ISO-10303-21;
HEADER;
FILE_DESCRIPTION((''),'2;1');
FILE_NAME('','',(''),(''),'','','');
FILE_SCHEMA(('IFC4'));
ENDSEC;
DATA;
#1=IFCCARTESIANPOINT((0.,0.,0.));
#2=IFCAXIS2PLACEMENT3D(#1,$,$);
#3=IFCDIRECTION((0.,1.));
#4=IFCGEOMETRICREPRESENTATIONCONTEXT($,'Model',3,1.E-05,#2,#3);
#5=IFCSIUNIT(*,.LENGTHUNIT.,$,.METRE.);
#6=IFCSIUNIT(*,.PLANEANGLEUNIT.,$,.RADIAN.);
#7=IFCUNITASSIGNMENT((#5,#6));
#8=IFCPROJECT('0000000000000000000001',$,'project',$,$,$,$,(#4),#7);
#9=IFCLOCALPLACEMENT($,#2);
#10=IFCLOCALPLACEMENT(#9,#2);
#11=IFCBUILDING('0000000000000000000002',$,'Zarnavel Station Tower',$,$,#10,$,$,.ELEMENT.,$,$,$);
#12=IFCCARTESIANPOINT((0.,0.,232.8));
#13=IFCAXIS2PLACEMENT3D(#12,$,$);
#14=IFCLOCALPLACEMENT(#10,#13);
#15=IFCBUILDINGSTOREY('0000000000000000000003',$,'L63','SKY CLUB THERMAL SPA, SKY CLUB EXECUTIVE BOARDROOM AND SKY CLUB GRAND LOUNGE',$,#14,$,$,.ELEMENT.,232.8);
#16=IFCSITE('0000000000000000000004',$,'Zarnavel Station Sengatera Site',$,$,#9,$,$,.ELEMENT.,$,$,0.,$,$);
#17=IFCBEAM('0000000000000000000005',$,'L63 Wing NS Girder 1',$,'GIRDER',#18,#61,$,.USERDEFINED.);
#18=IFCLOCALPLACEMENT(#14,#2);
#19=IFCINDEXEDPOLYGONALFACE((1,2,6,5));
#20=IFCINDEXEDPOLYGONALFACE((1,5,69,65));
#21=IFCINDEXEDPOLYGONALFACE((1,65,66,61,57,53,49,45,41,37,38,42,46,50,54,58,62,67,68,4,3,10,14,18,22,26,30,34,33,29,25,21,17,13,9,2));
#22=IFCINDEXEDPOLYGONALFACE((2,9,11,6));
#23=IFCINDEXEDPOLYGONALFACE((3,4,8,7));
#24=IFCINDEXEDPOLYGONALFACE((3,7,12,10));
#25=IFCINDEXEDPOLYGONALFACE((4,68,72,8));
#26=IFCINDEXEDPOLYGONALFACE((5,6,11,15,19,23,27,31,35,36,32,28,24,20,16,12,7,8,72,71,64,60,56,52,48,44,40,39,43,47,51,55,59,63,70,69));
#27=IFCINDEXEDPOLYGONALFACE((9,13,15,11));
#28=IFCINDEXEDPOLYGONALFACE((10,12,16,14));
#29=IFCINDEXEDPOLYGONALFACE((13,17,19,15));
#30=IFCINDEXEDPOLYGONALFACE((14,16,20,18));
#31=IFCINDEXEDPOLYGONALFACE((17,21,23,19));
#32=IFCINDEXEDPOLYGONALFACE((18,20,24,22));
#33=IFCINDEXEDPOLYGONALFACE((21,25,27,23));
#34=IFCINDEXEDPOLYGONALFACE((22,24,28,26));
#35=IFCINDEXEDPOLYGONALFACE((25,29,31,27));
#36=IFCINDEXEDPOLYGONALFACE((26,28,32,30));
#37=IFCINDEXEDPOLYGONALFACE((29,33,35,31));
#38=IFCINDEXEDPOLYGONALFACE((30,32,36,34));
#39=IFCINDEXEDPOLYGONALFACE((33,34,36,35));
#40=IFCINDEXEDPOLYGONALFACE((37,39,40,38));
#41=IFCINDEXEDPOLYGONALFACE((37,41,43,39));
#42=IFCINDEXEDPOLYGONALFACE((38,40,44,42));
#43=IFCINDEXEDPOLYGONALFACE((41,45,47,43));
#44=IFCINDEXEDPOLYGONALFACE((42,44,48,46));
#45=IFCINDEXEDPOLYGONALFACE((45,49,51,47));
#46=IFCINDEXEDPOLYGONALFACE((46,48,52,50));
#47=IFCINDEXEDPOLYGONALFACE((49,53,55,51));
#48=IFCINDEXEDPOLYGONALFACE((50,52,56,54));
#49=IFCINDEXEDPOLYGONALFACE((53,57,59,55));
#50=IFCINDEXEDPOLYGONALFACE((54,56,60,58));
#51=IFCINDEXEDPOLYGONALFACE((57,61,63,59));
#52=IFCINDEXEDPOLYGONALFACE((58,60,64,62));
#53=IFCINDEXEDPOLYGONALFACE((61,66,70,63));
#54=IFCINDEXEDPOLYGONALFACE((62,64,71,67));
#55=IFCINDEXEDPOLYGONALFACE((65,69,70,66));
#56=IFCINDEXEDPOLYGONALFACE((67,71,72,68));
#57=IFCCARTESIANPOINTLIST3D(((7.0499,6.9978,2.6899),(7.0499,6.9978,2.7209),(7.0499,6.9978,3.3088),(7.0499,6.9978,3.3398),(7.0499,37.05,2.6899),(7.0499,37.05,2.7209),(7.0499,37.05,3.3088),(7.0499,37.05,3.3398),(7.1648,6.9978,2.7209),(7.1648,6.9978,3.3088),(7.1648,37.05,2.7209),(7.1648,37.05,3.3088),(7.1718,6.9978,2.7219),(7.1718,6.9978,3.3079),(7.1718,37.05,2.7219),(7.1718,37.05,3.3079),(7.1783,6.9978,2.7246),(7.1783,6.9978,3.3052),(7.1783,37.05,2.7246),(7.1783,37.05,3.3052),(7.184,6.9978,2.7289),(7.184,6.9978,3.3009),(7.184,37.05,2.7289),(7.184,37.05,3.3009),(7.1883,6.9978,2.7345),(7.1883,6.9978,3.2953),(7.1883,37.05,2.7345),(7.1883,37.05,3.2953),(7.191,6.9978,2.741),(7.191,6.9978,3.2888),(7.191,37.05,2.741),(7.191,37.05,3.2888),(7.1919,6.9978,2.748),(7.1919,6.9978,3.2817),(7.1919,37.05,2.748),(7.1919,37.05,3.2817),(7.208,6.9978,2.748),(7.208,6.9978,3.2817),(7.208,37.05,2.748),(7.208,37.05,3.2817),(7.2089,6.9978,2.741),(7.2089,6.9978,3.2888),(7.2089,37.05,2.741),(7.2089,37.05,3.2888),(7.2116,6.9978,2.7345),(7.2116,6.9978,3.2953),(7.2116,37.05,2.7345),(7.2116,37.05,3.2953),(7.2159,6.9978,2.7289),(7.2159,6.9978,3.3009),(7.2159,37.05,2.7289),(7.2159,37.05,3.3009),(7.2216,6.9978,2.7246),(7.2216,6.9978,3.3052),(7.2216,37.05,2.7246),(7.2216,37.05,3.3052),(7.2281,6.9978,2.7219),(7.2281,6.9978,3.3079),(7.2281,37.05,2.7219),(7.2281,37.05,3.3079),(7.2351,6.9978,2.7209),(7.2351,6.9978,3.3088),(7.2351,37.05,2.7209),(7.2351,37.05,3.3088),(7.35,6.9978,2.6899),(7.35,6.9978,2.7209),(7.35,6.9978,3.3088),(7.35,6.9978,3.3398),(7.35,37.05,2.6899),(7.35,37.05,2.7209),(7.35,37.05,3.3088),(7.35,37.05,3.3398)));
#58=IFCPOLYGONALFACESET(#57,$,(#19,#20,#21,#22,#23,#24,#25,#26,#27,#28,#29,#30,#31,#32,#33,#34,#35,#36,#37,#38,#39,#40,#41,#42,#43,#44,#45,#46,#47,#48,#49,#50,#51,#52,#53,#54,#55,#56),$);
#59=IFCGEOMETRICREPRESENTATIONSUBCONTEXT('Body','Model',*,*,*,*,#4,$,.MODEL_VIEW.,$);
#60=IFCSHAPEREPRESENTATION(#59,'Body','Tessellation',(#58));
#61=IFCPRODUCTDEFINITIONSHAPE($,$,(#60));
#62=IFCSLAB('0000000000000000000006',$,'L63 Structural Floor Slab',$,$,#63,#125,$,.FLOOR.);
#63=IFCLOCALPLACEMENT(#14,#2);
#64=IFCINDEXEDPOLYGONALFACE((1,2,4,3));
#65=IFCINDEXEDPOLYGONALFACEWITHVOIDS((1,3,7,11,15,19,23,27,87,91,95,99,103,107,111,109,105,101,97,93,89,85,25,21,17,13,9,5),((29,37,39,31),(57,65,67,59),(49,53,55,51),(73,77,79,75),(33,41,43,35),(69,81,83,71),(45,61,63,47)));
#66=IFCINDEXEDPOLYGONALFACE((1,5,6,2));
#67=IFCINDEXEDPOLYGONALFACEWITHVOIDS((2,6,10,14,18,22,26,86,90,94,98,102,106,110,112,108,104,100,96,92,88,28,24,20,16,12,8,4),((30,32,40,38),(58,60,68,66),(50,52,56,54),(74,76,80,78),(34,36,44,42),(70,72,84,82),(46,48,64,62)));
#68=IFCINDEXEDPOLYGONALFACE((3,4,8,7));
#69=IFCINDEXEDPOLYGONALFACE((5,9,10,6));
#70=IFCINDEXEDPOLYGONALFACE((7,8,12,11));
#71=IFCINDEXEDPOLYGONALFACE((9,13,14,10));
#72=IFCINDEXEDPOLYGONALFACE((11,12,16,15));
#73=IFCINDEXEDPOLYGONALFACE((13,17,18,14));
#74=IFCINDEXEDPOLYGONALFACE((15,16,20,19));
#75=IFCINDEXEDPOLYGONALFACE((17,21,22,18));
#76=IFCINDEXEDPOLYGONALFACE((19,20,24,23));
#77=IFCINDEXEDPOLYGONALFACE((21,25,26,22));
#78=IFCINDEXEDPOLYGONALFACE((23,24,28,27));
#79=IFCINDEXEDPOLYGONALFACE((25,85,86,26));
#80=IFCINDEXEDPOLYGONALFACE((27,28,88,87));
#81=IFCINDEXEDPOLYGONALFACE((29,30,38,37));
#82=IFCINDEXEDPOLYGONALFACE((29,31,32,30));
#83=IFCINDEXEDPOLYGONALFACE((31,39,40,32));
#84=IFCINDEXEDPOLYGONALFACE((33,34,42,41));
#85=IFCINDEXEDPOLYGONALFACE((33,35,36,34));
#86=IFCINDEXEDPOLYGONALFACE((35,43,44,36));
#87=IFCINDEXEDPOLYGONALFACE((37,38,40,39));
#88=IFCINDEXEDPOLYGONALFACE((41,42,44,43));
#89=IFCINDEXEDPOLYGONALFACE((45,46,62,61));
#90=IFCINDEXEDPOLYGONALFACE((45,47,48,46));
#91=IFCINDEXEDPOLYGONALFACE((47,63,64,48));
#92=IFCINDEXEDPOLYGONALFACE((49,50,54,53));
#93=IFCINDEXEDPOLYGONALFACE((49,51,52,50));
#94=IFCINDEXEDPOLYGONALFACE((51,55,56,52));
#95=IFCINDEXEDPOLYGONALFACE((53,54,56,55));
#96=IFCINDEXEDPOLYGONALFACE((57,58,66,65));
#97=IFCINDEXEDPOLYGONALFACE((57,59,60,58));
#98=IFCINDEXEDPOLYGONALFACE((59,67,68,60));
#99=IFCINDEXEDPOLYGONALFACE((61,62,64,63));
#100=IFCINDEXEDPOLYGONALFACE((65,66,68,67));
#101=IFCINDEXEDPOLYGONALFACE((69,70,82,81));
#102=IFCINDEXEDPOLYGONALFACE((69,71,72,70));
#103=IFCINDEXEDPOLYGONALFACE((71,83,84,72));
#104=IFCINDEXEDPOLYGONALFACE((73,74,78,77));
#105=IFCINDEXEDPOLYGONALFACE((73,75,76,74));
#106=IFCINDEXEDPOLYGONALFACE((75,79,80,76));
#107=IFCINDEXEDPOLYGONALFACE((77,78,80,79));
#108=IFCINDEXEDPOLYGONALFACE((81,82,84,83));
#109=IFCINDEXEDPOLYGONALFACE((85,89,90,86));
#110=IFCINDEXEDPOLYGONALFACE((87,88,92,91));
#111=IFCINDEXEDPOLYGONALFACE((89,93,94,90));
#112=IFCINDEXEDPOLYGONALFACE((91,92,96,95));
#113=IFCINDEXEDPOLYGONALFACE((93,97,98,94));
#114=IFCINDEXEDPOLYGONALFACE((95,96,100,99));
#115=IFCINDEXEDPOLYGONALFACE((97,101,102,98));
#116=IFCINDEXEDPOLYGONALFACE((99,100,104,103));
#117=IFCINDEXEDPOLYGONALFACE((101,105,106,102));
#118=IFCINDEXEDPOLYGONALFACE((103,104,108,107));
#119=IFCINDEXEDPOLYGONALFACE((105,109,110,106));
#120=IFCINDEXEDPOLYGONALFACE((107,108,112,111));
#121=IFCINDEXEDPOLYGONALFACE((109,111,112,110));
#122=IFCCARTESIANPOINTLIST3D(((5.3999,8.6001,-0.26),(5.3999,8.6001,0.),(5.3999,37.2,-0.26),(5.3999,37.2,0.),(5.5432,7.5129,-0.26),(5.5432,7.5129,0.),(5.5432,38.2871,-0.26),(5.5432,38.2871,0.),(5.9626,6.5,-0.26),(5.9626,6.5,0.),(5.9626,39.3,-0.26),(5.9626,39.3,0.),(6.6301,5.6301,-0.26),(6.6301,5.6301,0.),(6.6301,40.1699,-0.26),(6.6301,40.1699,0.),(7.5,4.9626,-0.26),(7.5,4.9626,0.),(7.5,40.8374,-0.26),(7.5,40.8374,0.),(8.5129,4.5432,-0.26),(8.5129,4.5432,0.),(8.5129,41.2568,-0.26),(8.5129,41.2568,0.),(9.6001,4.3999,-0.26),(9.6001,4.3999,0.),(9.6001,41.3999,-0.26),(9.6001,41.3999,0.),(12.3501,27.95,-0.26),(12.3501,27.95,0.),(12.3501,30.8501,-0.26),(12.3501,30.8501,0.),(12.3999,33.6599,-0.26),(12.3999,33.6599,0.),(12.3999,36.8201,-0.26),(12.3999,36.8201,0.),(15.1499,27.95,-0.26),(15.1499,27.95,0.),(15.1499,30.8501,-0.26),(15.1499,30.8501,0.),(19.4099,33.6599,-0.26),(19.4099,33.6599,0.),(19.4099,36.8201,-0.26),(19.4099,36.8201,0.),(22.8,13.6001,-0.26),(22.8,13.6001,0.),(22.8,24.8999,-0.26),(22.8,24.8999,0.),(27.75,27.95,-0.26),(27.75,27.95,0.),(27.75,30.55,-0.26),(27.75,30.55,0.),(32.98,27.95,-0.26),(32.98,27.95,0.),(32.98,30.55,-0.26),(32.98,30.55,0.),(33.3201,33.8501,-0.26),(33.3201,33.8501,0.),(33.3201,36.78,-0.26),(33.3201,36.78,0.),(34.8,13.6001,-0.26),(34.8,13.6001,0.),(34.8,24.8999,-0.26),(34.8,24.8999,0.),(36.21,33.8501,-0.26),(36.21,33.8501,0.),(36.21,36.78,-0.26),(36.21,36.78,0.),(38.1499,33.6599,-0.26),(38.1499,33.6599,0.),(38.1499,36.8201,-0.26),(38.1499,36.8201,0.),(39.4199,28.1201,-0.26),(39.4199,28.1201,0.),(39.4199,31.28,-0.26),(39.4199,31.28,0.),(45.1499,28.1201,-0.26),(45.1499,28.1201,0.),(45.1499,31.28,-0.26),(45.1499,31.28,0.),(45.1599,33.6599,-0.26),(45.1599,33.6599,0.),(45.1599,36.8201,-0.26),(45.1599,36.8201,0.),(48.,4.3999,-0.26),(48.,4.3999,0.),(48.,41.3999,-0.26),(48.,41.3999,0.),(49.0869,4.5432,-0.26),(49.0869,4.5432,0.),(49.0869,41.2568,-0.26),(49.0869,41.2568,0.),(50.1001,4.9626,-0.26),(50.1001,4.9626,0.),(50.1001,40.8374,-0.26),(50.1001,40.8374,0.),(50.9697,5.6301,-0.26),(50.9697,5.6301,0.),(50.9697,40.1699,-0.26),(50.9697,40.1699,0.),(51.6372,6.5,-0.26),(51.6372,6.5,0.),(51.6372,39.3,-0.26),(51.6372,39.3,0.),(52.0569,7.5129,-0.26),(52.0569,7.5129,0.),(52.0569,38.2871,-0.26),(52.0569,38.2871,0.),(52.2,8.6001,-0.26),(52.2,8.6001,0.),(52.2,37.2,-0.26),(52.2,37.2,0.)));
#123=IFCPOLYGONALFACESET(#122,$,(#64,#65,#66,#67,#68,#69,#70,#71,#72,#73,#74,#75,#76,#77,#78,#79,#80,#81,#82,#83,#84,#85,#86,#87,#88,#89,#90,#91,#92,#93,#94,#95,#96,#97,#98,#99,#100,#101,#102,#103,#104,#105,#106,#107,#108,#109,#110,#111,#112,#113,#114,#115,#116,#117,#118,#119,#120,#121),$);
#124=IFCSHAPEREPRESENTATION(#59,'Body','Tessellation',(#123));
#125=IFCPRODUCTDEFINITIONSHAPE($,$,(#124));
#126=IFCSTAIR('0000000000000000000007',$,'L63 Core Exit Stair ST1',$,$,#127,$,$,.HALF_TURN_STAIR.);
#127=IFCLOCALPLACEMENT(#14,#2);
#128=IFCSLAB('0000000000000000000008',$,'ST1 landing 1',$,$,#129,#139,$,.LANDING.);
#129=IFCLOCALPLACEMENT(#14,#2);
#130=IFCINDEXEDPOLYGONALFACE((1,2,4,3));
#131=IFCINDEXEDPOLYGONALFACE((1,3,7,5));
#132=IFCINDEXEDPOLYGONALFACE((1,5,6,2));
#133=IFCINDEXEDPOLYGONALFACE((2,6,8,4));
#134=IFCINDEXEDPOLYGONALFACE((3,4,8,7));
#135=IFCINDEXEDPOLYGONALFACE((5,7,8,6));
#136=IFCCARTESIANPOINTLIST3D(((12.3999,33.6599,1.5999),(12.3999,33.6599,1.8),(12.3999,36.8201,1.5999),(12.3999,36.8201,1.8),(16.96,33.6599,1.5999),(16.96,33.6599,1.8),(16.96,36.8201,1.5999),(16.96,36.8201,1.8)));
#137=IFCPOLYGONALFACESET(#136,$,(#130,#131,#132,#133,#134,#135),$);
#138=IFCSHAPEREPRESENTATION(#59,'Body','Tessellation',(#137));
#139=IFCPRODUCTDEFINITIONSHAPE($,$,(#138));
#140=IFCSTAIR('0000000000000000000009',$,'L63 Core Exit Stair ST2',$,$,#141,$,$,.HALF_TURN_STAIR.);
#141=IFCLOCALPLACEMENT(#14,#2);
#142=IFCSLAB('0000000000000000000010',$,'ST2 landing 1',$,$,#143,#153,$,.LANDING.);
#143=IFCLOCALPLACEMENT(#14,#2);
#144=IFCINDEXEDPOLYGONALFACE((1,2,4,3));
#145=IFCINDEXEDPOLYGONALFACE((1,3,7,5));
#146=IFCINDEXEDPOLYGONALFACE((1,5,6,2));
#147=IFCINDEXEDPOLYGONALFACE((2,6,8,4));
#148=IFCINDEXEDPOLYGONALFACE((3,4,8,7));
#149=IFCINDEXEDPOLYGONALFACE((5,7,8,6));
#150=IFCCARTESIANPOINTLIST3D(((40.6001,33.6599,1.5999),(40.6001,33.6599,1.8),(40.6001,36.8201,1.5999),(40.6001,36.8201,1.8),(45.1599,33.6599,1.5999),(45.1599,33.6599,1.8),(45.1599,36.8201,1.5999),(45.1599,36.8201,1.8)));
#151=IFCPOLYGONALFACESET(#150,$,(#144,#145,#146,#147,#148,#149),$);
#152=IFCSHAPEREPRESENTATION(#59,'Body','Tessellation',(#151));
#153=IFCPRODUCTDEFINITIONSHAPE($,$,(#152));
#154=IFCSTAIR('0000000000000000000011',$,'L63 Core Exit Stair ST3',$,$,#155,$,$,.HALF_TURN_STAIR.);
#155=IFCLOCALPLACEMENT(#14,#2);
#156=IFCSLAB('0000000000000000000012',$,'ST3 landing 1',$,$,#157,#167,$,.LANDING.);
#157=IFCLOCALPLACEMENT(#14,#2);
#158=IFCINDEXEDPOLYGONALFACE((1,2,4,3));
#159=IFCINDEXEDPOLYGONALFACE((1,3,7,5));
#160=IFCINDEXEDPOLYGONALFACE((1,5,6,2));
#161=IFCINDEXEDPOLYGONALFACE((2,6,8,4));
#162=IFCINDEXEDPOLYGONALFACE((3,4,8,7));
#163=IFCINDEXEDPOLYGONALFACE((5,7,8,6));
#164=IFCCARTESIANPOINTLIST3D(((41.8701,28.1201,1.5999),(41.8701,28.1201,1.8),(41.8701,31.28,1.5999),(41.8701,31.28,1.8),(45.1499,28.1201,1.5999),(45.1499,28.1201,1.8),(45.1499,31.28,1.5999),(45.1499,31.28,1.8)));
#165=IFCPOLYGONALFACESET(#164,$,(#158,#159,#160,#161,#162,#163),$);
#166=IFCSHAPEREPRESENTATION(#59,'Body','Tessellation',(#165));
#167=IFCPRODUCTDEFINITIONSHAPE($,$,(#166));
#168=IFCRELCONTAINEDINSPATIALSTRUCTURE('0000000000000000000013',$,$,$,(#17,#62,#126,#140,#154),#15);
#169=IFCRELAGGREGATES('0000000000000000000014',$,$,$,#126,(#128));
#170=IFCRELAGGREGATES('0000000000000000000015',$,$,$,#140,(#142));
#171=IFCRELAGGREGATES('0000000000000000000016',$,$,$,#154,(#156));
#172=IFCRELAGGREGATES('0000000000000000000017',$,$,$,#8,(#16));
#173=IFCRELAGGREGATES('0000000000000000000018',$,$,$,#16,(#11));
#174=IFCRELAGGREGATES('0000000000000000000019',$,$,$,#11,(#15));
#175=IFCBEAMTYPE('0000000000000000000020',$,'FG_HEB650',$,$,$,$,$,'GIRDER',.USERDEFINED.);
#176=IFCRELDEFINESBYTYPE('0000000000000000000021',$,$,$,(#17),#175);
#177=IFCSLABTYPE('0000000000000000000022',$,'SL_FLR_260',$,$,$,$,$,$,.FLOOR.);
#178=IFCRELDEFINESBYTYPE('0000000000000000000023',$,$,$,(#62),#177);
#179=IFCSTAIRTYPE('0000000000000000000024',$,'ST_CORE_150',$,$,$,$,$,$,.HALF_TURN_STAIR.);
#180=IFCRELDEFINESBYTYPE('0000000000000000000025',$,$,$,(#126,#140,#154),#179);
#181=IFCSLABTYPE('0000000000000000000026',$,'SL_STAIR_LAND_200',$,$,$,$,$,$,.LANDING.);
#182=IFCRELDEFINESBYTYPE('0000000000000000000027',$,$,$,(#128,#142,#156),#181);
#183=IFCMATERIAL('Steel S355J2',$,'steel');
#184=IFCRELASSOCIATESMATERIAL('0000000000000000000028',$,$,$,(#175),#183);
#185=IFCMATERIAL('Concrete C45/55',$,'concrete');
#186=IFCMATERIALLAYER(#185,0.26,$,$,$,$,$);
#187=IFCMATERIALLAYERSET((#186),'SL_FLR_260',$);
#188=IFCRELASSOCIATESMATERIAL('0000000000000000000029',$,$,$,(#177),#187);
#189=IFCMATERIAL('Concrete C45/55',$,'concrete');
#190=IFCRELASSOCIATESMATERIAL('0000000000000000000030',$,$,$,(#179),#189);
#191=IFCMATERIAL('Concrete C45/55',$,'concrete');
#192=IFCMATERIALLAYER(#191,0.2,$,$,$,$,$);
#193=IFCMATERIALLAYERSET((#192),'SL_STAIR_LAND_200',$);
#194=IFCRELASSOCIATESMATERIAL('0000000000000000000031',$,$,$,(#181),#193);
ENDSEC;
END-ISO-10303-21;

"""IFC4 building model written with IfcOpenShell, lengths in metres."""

from ifc_helpers import new_model, si_unit, direction, frame, origin, origin_2d, place, context, subcontext, project, spatial, polyline, i_section, outline, extrude, material, layer, layer_set, material_profile, profile_set, type_object, element, aggregate, save


model = new_model("IFC4")

# Units and contexts
model_context = context("Model", 3, precision=1e-05, world=origin(), true_north=direction((0.0, 1.0)))
body_context = subcontext(model_context, "Body", "Model", "MODEL_VIEW")
ifc_project = project(units=[si_unit("LENGTHUNIT", "METRE"), si_unit("PLANEANGLEUNIT", "RADIAN")], contexts=[model_context])

# Site, building, storey
site_placement = place(None, origin())
site = spatial("IfcSite", under=ifc_project, at=site_placement, Name="Zarnavel Station Sengatera Site", CompositionType="ELEMENT", RefElevation=0.0)
building_placement = place(site_placement, origin())
building = spatial("IfcBuilding", under=site, at=building_placement, Name="Zarnavel Station Tower", CompositionType="ELEMENT")
storey_placement = place(building_placement, frame((0.0, 0.0, 232.8)))
storey = spatial("IfcBuildingStorey", under=building, at=storey_placement, Name="L63", Description="SKY CLUB THERMAL SPA, SKY CLUB EXECUTIVE BOARDROOM AND SKY CLUB GRAND LOUNGE", CompositionType="ELEMENT", Elevation=232.8)

# Beam
ifc_material_1 = material(Name="Steel S355J2", Category="steel")
ifc_material_profile = material_profile(ifc_material_1, i_section(OverallWidth=0.3, OverallDepth=0.6499, WebThickness=0.0161, FlangeThickness=0.031, FilletRadius=0.0271, at=origin_2d()), Name="HEB650")
ifc_profile_set = profile_set([ifc_material_profile], Name="Steel S355J2")
beam_type = type_object("IfcBeamType", Name="FG_HEB650", ElementType="GIRDER", PredefinedType="USERDEFINED", material=ifc_profile_set)
beam_placement = place(storey_placement, frame((7.2, 6.9978, 3.0149), z_axis=(0.0, 1.0, 0.0), x_axis=(-1.0, 0.0, 0.0)))
element("IfcBeam", 1, at=beam_placement, inside=storey, type_object=beam_type, Name="L63 Wing NS Girder 1", ObjectType="GIRDER", PredefinedType="USERDEFINED", context=body_context, shape_type="SweptSolid", body=[
    extrude(i_section(OverallWidth=0.3, OverallDepth=0.6499, WebThickness=0.0161, FlangeThickness=0.031, FilletRadius=0.0271, at=origin_2d()), origin(), (0.0, 0.0, 1.0), 30.0522),
])

# Slab
ifc_material_2 = material(Name="Concrete C45/55", Category="concrete")
ifc_layer_1 = layer(ifc_material_2, 0.26)
ifc_layer_set_1 = layer_set([ifc_layer_1], Name="SL_FLR_260")
slab_type_1 = type_object("IfcSlabType", Name="SL_FLR_260", PredefinedType="FLOOR", material=ifc_layer_set_1)
slab_1_placement = place(storey_placement, frame((0.0, 0.0, -0.26)))
element("IfcSlab", 2, at=slab_1_placement, inside=storey, type_object=slab_type_1, Name="L63 Structural Floor Slab", PredefinedType="FLOOR", context=body_context, shape_type="SweptSolid", body=[
    extrude(outline(polyline([(48.0, 4.3999), (49.0869, 4.5432), (50.1001, 4.9626), (50.9697, 5.6301), (51.6372, 6.5), (52.0569, 7.5129), (52.2, 8.6001), (52.2, 37.2), (52.0569, 38.2871), (51.6372, 39.3), (50.9697, 40.1699), (50.1001, 40.8374), (49.0869, 41.2568), (48.0, 41.3999), (9.6001, 41.3999), (8.5129, 41.2568), (7.5, 40.8374), (6.6301, 40.1699), (5.9626, 39.3), (5.5432, 38.2871), (5.3999, 37.2), (5.3999, 8.6001), (5.5432, 7.5129), (5.9626, 6.5), (6.6301, 5.6301), (7.5, 4.9626), (8.5129, 4.5432), (9.6001, 4.3999), (48.0, 4.3999)]), holes=[polyline([(12.3999, 33.6599), (19.4099, 33.6599), (19.4099, 36.8201), (12.3999, 36.8201), (12.3999, 33.6599)]), polyline([(38.1499, 33.6599), (45.1599, 33.6599), (45.1599, 36.8201), (38.1499, 36.8201), (38.1499, 33.6599)]), polyline([(39.4199, 28.1201), (45.1499, 28.1201), (45.1499, 31.28), (39.4199, 31.28), (39.4199, 28.1201)]), polyline([(12.3501, 27.95), (15.1499, 27.95), (15.1499, 30.8501), (12.3501, 30.8501), (12.3501, 27.95)]), polyline([(33.3201, 33.8501), (36.21, 33.8501), (36.21, 36.78), (33.3201, 36.78), (33.3201, 33.8501)]), polyline([(27.75, 27.95), (32.98, 27.95), (32.98, 30.55), (27.75, 30.55), (27.75, 27.95)]), polyline([(22.8, 13.6001), (34.8, 13.6001), (34.8, 24.8999), (22.8, 24.8999), (22.8, 13.6001)])]), origin(), (0.0, 0.0, 1.0), 0.26),
])

# Stairs, slabs
ifc_material_3 = material(Name="Concrete C45/55", Category="concrete")
stair_type = type_object("IfcStairType", Name="ST_CORE_150", PredefinedType="HALF_TURN_STAIR", material=ifc_material_3)
stair_1_placement = place(storey_placement, origin())
stair_1 = element("IfcStair", 3, at=stair_1_placement, inside=storey, type_object=stair_type, Name="L63 Core Exit Stair ST1", PredefinedType="HALF_TURN_STAIR")
ifc_material_4 = material(Name="Concrete C45/55", Category="concrete")
ifc_layer_2 = layer(ifc_material_4, 0.2)
ifc_layer_set_2 = layer_set([ifc_layer_2], Name="SL_STAIR_LAND_200")
slab_type_2 = type_object("IfcSlabType", Name="SL_STAIR_LAND_200", PredefinedType="LANDING", material=ifc_layer_set_2)
slab_2_placement = place(storey_placement, frame((0.0, 0.0, 1.5999)))
slab_2 = element("IfcSlab", 4, at=slab_2_placement, type_object=slab_type_2, Name="ST1 landing 1", PredefinedType="LANDING", context=body_context, shape_type="SweptSolid", body=[
    extrude(outline(polyline([(16.96, 36.8201), (12.3999, 36.8201), (12.3999, 33.6599), (16.96, 33.6599), (16.96, 36.8201)])), origin(), (0.0, 0.0, 1.0), 0.2002),
])
aggregate(stair_1, [slab_2])
stair_2_placement = place(storey_placement, origin())
stair_2 = element("IfcStair", 5, at=stair_2_placement, inside=storey, type_object=stair_type, Name="L63 Core Exit Stair ST2", PredefinedType="HALF_TURN_STAIR")
slab_3_placement = place(storey_placement, frame((0.0, 0.0, 1.5999)))
slab_3 = element("IfcSlab", 6, at=slab_3_placement, type_object=slab_type_2, Name="ST2 landing 1", PredefinedType="LANDING", context=body_context, shape_type="SweptSolid", body=[
    extrude(outline(polyline([(40.6001, 33.6599), (45.1599, 33.6599), (45.1599, 36.8201), (40.6001, 36.8201), (40.6001, 33.6599)])), origin(), (0.0, 0.0, 1.0), 0.2002),
])
aggregate(stair_2, [slab_3])
stair_3_placement = place(storey_placement, origin())
stair_3 = element("IfcStair", 7, at=stair_3_placement, inside=storey, type_object=stair_type, Name="L63 Core Exit Stair ST3", PredefinedType="HALF_TURN_STAIR")
slab_4_placement = place(storey_placement, frame((0.0, 0.0, 1.5999)))
slab_4 = element("IfcSlab", 8, at=slab_4_placement, type_object=slab_type_2, Name="ST3 landing 1", PredefinedType="LANDING", context=body_context, shape_type="SweptSolid", body=[
    extrude(outline(polyline([(41.8701, 28.1201), (45.1499, 28.1201), (45.1499, 31.28), (41.8701, 31.28), (41.8701, 28.1201)])), origin(), (0.0, 0.0, 1.0), 0.2002),
])
aggregate(stair_3, [slab_4])

save(model, "model.ifc")
